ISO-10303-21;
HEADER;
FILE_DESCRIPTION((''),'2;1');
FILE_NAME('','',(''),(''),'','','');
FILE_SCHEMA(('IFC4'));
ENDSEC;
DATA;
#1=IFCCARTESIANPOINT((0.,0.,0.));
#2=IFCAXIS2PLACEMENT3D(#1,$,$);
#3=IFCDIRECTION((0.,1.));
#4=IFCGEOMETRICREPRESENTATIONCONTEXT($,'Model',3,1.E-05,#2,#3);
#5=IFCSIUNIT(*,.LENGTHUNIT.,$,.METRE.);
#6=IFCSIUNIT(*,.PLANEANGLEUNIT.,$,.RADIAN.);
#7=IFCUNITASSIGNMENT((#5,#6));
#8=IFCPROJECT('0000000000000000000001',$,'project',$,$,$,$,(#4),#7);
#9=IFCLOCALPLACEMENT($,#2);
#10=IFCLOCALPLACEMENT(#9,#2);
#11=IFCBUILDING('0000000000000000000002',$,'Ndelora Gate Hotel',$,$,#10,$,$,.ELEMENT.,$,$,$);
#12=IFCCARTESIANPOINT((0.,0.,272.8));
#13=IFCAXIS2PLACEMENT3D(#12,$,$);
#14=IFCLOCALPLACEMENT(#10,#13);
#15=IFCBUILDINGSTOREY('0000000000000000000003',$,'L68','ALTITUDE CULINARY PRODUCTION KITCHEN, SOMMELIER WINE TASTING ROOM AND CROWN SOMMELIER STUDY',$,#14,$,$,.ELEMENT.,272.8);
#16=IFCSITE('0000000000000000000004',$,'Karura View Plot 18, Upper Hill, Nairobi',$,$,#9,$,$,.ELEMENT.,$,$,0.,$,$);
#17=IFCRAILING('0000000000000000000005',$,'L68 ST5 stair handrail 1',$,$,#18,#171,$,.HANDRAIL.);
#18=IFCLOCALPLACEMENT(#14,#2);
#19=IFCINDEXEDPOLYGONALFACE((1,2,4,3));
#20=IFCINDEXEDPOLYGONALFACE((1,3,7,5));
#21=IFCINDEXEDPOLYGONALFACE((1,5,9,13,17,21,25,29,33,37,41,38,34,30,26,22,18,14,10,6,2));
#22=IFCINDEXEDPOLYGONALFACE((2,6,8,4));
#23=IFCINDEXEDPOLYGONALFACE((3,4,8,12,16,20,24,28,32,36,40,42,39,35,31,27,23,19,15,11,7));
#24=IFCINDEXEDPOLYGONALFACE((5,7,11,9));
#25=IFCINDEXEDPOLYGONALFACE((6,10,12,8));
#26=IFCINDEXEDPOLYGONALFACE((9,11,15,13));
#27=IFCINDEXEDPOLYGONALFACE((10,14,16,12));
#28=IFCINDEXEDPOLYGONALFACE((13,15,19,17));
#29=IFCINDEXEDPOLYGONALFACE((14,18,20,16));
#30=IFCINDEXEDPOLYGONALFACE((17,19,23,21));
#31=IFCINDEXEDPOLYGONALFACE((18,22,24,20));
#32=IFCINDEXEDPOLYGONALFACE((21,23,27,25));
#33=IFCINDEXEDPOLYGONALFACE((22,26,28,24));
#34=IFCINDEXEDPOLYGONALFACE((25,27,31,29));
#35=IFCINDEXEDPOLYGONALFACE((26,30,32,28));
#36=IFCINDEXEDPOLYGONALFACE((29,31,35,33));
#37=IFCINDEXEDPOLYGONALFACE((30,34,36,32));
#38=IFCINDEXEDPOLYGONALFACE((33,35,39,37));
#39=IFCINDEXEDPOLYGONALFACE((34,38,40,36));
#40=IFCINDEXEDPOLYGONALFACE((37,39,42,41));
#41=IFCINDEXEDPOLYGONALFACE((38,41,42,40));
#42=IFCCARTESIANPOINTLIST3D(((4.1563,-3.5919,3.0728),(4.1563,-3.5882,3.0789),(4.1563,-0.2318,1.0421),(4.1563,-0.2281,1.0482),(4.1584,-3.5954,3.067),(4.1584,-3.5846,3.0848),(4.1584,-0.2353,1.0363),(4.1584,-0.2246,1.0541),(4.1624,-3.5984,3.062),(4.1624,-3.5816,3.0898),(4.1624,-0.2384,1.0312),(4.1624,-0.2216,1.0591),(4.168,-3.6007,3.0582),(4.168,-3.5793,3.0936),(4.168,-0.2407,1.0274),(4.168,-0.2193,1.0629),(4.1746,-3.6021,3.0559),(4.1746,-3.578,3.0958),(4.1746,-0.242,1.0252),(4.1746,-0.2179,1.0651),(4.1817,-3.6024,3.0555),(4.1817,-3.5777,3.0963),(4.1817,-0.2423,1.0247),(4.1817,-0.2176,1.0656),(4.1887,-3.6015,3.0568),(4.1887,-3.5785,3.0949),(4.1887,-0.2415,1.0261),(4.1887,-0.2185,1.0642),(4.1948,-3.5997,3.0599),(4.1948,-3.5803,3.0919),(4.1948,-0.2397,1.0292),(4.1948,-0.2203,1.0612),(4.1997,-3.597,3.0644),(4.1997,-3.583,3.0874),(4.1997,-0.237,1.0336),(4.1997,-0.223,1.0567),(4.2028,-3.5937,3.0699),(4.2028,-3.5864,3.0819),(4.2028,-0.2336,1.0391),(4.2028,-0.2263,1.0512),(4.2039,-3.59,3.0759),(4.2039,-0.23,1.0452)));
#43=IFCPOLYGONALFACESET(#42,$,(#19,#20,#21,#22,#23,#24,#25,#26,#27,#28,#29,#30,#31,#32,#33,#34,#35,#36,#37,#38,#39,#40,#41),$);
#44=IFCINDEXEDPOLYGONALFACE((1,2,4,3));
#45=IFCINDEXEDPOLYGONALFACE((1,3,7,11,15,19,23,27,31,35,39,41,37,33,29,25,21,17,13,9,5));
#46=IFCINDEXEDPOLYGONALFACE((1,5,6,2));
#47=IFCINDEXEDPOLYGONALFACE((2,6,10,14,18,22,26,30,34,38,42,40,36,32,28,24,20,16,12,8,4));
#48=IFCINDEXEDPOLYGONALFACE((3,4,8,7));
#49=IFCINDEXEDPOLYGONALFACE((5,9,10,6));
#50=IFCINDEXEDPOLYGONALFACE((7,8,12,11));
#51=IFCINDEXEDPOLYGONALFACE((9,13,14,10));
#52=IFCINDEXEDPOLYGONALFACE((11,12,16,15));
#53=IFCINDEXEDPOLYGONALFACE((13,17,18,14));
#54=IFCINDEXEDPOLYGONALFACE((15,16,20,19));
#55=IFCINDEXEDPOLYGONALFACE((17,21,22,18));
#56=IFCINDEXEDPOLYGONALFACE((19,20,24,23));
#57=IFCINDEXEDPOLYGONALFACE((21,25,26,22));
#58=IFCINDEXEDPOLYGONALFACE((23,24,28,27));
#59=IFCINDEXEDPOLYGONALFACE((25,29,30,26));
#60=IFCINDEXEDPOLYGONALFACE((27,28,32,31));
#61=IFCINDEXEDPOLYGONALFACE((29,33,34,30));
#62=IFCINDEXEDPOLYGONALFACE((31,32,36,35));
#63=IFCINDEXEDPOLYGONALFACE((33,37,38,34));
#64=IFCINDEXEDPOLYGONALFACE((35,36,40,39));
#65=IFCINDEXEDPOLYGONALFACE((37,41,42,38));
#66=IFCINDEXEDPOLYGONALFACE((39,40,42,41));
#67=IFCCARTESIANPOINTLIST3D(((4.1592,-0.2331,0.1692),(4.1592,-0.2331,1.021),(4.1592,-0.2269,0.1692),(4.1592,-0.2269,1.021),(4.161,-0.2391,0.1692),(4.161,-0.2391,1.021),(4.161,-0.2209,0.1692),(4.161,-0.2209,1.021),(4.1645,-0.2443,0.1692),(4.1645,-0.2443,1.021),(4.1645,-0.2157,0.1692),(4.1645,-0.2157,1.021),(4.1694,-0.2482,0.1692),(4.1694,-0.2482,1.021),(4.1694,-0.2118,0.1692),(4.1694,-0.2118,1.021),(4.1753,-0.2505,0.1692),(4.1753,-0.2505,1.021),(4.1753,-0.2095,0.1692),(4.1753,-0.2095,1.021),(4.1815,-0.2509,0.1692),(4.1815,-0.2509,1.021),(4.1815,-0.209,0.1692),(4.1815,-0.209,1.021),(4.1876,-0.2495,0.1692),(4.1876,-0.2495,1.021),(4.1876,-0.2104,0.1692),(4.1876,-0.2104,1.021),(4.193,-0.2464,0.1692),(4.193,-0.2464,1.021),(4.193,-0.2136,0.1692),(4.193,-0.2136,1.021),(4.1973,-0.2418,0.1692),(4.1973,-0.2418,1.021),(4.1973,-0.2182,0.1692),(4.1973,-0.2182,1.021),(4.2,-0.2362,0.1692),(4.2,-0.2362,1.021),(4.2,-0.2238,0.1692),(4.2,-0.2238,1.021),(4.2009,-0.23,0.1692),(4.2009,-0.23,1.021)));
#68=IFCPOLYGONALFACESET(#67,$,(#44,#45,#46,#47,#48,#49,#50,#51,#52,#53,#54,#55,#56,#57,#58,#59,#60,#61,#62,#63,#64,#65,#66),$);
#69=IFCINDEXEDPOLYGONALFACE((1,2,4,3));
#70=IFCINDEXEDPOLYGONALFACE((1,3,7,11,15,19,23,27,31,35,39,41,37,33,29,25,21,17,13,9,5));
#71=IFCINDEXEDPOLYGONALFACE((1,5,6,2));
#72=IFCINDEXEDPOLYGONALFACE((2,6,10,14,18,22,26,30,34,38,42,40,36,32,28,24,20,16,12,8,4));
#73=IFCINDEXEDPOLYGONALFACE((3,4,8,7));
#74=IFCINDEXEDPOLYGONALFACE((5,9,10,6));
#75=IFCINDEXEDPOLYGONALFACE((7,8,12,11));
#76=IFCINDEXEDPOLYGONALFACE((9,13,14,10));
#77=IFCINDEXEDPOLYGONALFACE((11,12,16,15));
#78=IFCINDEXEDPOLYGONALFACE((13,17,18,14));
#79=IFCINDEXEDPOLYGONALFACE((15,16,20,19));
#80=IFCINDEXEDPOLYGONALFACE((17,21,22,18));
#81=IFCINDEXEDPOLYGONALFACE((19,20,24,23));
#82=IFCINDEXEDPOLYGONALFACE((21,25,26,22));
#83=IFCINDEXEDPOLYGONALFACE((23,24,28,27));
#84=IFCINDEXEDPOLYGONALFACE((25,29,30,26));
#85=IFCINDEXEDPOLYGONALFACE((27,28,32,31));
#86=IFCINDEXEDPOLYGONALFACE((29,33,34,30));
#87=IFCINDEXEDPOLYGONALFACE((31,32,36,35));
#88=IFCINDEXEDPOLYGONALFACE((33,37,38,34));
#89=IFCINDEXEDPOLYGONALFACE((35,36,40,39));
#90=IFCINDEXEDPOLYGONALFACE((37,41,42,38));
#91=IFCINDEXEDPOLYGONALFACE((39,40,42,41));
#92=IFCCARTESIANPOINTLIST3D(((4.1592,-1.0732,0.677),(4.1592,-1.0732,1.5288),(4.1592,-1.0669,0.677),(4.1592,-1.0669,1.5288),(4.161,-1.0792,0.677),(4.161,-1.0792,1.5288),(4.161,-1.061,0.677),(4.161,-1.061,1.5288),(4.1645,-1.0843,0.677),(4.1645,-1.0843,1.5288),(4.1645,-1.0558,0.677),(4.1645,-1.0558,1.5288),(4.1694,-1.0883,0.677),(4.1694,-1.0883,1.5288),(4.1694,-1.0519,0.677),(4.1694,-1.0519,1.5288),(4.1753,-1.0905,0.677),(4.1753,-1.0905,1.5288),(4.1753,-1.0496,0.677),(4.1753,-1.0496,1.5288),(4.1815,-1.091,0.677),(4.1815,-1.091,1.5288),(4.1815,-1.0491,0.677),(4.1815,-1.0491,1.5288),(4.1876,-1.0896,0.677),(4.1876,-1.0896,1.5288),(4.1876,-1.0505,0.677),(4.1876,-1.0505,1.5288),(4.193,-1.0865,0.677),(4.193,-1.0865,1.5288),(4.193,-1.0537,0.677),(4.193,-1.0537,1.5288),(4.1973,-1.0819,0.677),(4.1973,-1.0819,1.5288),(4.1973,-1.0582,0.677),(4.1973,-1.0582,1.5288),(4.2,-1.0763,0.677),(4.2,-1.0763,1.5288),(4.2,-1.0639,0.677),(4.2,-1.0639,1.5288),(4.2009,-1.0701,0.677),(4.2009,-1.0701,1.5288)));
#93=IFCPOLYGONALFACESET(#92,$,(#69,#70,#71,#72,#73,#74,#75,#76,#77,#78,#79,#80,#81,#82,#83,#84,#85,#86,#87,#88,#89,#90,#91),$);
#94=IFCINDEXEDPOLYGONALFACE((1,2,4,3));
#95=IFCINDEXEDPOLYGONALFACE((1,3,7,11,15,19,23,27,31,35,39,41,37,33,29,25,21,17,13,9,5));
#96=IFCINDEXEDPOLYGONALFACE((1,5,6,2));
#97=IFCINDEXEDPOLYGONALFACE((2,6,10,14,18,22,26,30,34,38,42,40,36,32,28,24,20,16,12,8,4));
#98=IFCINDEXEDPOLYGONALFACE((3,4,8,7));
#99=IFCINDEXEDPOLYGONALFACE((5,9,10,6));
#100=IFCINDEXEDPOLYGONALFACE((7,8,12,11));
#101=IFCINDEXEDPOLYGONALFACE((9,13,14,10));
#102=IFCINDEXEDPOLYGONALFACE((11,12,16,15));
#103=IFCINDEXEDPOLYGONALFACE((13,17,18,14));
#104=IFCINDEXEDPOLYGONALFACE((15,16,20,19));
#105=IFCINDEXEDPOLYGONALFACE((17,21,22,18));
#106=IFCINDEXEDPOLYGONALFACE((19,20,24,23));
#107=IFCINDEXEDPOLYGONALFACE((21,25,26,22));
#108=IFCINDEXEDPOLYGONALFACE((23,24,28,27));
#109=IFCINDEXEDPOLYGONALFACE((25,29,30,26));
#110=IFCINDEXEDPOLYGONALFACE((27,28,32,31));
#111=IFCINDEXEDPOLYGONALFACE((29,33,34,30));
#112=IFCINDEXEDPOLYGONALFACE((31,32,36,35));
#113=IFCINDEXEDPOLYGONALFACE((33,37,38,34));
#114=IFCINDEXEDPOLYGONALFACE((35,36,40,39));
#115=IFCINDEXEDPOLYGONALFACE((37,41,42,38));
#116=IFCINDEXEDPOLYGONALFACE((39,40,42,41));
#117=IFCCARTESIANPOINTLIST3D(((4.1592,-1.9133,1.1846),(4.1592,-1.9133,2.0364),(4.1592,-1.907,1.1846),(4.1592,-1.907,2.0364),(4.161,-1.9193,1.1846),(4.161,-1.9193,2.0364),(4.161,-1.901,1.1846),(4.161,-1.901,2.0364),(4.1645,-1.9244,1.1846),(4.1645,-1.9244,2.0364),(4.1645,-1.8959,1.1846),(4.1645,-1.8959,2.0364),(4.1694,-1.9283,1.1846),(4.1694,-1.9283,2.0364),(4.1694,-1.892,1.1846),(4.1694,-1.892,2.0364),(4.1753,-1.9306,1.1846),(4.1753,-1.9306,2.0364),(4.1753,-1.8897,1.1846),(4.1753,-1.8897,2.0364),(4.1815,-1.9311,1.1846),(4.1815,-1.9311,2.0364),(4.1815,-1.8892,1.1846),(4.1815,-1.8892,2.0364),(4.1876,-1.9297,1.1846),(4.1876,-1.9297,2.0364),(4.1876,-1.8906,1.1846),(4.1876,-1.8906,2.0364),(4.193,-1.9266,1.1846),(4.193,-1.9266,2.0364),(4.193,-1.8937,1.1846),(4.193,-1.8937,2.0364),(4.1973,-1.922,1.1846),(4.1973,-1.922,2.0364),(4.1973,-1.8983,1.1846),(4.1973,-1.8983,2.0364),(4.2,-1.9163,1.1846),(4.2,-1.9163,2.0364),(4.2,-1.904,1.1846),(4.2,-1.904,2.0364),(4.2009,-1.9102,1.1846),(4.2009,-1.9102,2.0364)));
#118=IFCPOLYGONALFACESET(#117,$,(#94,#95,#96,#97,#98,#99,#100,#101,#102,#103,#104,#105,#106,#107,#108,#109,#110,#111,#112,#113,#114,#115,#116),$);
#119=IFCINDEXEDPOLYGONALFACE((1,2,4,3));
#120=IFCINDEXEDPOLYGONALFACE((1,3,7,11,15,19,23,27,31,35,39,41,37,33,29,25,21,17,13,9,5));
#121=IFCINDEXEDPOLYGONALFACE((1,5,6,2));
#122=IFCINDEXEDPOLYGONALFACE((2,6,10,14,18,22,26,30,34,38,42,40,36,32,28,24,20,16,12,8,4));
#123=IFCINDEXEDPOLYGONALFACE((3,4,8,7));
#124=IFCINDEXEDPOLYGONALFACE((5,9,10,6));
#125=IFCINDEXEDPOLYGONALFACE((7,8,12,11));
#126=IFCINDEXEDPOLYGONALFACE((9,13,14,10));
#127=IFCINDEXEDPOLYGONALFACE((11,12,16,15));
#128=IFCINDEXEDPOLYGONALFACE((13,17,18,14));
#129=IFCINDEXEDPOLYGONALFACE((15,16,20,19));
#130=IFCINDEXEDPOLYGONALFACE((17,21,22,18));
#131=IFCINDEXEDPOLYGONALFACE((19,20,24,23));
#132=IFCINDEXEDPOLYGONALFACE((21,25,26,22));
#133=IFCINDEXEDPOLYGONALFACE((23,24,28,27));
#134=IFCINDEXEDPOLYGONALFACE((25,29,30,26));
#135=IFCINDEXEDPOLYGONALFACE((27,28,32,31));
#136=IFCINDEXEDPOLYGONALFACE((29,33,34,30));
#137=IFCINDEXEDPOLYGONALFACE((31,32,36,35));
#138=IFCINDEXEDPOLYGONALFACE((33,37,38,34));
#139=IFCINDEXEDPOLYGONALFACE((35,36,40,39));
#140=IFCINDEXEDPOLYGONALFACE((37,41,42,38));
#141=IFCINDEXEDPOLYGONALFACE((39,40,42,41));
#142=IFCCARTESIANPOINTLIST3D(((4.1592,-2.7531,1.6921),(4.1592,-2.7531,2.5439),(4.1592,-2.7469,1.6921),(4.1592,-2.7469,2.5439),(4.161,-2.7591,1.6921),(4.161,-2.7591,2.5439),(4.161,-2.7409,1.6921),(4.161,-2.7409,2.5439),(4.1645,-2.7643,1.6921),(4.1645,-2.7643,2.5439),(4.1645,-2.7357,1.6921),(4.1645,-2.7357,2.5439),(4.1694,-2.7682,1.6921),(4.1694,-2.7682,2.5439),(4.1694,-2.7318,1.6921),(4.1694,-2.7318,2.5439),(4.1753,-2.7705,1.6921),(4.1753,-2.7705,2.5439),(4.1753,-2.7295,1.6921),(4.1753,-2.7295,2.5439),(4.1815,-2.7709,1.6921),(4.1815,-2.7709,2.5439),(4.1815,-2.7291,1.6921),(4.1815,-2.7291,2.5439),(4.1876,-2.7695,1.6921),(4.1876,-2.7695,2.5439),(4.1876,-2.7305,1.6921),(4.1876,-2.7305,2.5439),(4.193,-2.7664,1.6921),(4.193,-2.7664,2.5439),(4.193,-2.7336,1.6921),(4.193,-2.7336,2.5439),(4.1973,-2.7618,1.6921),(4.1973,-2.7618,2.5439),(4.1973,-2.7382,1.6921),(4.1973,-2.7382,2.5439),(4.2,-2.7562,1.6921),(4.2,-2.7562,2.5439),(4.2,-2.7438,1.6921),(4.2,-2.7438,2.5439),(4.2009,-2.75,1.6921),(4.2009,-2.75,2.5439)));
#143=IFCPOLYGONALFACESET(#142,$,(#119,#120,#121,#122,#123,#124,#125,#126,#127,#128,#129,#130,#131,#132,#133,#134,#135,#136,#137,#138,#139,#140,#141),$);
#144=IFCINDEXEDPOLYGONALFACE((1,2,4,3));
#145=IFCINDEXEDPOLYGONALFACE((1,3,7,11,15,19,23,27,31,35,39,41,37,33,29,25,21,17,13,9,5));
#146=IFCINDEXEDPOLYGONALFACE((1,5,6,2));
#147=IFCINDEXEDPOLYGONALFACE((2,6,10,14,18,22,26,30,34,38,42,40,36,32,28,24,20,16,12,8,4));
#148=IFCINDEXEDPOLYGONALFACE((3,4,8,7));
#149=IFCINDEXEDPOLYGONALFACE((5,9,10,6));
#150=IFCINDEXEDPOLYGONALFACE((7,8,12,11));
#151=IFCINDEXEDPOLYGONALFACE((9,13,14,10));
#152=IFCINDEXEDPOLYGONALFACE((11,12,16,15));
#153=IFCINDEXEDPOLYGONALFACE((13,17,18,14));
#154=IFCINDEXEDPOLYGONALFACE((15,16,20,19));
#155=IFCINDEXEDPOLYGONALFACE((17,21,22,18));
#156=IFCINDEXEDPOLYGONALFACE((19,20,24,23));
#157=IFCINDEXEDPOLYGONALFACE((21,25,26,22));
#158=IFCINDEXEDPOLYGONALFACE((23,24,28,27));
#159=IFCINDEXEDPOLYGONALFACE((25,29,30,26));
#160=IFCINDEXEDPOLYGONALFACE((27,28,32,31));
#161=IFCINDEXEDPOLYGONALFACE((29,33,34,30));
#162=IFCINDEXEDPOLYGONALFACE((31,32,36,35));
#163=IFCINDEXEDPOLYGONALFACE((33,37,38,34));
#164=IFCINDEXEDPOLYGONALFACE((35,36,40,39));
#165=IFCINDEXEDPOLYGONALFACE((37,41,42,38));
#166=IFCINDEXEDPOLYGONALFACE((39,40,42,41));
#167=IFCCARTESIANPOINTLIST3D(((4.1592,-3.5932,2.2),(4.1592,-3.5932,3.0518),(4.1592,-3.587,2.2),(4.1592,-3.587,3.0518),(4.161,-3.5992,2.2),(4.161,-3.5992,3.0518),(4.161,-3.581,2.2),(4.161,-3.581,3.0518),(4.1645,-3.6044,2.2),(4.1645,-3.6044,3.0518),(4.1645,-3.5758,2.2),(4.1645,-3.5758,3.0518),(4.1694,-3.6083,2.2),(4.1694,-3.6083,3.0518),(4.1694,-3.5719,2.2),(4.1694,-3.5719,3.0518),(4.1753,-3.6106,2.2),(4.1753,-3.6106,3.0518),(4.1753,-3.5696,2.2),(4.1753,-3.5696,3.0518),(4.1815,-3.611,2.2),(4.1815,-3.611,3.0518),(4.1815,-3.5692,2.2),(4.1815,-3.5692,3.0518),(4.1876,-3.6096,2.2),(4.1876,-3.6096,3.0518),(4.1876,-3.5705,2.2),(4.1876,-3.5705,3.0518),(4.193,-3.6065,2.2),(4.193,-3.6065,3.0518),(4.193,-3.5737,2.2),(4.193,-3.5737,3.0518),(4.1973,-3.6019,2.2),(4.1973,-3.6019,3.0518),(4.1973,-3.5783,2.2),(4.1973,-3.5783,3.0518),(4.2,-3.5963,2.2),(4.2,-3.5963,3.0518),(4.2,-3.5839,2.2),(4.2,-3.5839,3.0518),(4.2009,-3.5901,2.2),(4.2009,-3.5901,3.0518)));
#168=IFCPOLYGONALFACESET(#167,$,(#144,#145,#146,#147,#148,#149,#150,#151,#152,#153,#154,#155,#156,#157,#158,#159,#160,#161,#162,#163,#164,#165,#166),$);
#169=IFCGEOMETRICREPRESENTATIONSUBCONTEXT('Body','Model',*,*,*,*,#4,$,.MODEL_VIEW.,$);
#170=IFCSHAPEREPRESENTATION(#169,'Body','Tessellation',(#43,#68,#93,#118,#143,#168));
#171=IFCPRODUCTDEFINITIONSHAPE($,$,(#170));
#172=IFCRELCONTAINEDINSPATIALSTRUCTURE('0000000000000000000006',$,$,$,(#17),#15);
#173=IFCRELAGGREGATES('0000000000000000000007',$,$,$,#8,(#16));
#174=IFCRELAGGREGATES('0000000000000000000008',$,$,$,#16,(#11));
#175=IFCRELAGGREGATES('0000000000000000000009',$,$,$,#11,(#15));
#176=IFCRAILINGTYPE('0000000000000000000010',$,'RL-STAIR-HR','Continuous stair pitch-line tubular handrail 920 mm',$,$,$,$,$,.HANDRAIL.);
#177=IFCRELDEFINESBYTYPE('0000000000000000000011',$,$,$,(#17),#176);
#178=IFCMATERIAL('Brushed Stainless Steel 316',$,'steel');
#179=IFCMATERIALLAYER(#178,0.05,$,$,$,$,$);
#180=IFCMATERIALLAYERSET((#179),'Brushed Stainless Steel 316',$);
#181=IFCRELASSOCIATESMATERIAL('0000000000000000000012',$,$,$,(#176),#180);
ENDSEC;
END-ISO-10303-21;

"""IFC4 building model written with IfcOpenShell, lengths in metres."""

from ifc_helpers import new_model, si_unit, direction, frame, origin, origin_2d, place, context, subcontext, project, spatial, circle, extrude, material, layer, layer_set, type_object, element, save


model = new_model("IFC4")

# Units and contexts
model_context = context("Model", 3, precision=1e-05, world=origin(), true_north=direction((0.0, 1.0)))
body_context = subcontext(model_context, "Body", "Model", "MODEL_VIEW")
ifc_project = project(units=[si_unit("LENGTHUNIT", "METRE"), si_unit("PLANEANGLEUNIT", "RADIAN")], contexts=[model_context])

# Site, building, storey
site_placement = place(None, origin())
site = spatial("IfcSite", under=ifc_project, at=site_placement, Name="Karura View Plot 18, Upper Hill, Nairobi", CompositionType="ELEMENT", RefElevation=0.0)
building_placement = place(site_placement, origin())
building = spatial("IfcBuilding", under=site, at=building_placement, Name="Ndelora Gate Hotel", CompositionType="ELEMENT")
storey_placement = place(building_placement, frame((0.0, 0.0, 272.8)))
storey = spatial("IfcBuildingStorey", under=building, at=storey_placement, Name="L68", Description="ALTITUDE CULINARY PRODUCTION KITCHEN, SOMMELIER WINE TASTING ROOM AND CROWN SOMMELIER STUDY", CompositionType="ELEMENT", Elevation=272.8)

# Railing
ifc_material_1 = material(Name="Brushed Stainless Steel 316", Category="steel")
ifc_layer_1 = layer(ifc_material_1, 0.05)
ifc_layer_set_1 = layer_set([ifc_layer_1], Name="Brushed Stainless Steel 316")
railing_type_1 = type_object("IfcRailingType", Name="RL-STAIR-HR", Description="Continuous stair pitch-line tubular handrail 920 mm", PredefinedType="HANDRAIL", material=ifc_layer_set_1)
railing_1_placement = place(storey_placement, frame((4.1799, -0.23, 0.1692)))
element("IfcRailing", 1, at=railing_1_placement, inside=storey, type_object=railing_type_1, Name="L68 ST5 stair handrail 1", PredefinedType="HANDRAIL", context=body_context, shape_type="SweptSolid", body=[
    extrude(circle(Radius=0.0239, at=origin_2d()), frame((0.0, 0.0, 0.876), z_axis=(0.0, -0.855837, 0.517246), x_axis=(1.0, 0.0, 0.0)), (0.0, 0.0, 1.0), 3.926),
    extrude(circle(Radius=0.021, at=origin_2d()), origin(), (0.0, 0.0, 1.0), 0.8518),
    extrude(circle(Radius=0.021, at=origin_2d()), frame((0.0, -0.8401, 0.5078)), (0.0, 0.0, 1.0), 0.8518),
    extrude(circle(Radius=0.021, at=origin_2d()), frame((0.0, -1.6802, 1.0154)), (0.0, 0.0, 1.0), 0.8518),
    extrude(circle(Radius=0.021, at=origin_2d()), frame((0.0, -2.52, 1.5229)), (0.0, 0.0, 1.0), 0.8518),
    extrude(circle(Radius=0.021, at=origin_2d()), frame((0.0, -3.3601, 2.0308)), (0.0, 0.0, 1.0), 0.8518),
])

save(model, "model.ifc")
